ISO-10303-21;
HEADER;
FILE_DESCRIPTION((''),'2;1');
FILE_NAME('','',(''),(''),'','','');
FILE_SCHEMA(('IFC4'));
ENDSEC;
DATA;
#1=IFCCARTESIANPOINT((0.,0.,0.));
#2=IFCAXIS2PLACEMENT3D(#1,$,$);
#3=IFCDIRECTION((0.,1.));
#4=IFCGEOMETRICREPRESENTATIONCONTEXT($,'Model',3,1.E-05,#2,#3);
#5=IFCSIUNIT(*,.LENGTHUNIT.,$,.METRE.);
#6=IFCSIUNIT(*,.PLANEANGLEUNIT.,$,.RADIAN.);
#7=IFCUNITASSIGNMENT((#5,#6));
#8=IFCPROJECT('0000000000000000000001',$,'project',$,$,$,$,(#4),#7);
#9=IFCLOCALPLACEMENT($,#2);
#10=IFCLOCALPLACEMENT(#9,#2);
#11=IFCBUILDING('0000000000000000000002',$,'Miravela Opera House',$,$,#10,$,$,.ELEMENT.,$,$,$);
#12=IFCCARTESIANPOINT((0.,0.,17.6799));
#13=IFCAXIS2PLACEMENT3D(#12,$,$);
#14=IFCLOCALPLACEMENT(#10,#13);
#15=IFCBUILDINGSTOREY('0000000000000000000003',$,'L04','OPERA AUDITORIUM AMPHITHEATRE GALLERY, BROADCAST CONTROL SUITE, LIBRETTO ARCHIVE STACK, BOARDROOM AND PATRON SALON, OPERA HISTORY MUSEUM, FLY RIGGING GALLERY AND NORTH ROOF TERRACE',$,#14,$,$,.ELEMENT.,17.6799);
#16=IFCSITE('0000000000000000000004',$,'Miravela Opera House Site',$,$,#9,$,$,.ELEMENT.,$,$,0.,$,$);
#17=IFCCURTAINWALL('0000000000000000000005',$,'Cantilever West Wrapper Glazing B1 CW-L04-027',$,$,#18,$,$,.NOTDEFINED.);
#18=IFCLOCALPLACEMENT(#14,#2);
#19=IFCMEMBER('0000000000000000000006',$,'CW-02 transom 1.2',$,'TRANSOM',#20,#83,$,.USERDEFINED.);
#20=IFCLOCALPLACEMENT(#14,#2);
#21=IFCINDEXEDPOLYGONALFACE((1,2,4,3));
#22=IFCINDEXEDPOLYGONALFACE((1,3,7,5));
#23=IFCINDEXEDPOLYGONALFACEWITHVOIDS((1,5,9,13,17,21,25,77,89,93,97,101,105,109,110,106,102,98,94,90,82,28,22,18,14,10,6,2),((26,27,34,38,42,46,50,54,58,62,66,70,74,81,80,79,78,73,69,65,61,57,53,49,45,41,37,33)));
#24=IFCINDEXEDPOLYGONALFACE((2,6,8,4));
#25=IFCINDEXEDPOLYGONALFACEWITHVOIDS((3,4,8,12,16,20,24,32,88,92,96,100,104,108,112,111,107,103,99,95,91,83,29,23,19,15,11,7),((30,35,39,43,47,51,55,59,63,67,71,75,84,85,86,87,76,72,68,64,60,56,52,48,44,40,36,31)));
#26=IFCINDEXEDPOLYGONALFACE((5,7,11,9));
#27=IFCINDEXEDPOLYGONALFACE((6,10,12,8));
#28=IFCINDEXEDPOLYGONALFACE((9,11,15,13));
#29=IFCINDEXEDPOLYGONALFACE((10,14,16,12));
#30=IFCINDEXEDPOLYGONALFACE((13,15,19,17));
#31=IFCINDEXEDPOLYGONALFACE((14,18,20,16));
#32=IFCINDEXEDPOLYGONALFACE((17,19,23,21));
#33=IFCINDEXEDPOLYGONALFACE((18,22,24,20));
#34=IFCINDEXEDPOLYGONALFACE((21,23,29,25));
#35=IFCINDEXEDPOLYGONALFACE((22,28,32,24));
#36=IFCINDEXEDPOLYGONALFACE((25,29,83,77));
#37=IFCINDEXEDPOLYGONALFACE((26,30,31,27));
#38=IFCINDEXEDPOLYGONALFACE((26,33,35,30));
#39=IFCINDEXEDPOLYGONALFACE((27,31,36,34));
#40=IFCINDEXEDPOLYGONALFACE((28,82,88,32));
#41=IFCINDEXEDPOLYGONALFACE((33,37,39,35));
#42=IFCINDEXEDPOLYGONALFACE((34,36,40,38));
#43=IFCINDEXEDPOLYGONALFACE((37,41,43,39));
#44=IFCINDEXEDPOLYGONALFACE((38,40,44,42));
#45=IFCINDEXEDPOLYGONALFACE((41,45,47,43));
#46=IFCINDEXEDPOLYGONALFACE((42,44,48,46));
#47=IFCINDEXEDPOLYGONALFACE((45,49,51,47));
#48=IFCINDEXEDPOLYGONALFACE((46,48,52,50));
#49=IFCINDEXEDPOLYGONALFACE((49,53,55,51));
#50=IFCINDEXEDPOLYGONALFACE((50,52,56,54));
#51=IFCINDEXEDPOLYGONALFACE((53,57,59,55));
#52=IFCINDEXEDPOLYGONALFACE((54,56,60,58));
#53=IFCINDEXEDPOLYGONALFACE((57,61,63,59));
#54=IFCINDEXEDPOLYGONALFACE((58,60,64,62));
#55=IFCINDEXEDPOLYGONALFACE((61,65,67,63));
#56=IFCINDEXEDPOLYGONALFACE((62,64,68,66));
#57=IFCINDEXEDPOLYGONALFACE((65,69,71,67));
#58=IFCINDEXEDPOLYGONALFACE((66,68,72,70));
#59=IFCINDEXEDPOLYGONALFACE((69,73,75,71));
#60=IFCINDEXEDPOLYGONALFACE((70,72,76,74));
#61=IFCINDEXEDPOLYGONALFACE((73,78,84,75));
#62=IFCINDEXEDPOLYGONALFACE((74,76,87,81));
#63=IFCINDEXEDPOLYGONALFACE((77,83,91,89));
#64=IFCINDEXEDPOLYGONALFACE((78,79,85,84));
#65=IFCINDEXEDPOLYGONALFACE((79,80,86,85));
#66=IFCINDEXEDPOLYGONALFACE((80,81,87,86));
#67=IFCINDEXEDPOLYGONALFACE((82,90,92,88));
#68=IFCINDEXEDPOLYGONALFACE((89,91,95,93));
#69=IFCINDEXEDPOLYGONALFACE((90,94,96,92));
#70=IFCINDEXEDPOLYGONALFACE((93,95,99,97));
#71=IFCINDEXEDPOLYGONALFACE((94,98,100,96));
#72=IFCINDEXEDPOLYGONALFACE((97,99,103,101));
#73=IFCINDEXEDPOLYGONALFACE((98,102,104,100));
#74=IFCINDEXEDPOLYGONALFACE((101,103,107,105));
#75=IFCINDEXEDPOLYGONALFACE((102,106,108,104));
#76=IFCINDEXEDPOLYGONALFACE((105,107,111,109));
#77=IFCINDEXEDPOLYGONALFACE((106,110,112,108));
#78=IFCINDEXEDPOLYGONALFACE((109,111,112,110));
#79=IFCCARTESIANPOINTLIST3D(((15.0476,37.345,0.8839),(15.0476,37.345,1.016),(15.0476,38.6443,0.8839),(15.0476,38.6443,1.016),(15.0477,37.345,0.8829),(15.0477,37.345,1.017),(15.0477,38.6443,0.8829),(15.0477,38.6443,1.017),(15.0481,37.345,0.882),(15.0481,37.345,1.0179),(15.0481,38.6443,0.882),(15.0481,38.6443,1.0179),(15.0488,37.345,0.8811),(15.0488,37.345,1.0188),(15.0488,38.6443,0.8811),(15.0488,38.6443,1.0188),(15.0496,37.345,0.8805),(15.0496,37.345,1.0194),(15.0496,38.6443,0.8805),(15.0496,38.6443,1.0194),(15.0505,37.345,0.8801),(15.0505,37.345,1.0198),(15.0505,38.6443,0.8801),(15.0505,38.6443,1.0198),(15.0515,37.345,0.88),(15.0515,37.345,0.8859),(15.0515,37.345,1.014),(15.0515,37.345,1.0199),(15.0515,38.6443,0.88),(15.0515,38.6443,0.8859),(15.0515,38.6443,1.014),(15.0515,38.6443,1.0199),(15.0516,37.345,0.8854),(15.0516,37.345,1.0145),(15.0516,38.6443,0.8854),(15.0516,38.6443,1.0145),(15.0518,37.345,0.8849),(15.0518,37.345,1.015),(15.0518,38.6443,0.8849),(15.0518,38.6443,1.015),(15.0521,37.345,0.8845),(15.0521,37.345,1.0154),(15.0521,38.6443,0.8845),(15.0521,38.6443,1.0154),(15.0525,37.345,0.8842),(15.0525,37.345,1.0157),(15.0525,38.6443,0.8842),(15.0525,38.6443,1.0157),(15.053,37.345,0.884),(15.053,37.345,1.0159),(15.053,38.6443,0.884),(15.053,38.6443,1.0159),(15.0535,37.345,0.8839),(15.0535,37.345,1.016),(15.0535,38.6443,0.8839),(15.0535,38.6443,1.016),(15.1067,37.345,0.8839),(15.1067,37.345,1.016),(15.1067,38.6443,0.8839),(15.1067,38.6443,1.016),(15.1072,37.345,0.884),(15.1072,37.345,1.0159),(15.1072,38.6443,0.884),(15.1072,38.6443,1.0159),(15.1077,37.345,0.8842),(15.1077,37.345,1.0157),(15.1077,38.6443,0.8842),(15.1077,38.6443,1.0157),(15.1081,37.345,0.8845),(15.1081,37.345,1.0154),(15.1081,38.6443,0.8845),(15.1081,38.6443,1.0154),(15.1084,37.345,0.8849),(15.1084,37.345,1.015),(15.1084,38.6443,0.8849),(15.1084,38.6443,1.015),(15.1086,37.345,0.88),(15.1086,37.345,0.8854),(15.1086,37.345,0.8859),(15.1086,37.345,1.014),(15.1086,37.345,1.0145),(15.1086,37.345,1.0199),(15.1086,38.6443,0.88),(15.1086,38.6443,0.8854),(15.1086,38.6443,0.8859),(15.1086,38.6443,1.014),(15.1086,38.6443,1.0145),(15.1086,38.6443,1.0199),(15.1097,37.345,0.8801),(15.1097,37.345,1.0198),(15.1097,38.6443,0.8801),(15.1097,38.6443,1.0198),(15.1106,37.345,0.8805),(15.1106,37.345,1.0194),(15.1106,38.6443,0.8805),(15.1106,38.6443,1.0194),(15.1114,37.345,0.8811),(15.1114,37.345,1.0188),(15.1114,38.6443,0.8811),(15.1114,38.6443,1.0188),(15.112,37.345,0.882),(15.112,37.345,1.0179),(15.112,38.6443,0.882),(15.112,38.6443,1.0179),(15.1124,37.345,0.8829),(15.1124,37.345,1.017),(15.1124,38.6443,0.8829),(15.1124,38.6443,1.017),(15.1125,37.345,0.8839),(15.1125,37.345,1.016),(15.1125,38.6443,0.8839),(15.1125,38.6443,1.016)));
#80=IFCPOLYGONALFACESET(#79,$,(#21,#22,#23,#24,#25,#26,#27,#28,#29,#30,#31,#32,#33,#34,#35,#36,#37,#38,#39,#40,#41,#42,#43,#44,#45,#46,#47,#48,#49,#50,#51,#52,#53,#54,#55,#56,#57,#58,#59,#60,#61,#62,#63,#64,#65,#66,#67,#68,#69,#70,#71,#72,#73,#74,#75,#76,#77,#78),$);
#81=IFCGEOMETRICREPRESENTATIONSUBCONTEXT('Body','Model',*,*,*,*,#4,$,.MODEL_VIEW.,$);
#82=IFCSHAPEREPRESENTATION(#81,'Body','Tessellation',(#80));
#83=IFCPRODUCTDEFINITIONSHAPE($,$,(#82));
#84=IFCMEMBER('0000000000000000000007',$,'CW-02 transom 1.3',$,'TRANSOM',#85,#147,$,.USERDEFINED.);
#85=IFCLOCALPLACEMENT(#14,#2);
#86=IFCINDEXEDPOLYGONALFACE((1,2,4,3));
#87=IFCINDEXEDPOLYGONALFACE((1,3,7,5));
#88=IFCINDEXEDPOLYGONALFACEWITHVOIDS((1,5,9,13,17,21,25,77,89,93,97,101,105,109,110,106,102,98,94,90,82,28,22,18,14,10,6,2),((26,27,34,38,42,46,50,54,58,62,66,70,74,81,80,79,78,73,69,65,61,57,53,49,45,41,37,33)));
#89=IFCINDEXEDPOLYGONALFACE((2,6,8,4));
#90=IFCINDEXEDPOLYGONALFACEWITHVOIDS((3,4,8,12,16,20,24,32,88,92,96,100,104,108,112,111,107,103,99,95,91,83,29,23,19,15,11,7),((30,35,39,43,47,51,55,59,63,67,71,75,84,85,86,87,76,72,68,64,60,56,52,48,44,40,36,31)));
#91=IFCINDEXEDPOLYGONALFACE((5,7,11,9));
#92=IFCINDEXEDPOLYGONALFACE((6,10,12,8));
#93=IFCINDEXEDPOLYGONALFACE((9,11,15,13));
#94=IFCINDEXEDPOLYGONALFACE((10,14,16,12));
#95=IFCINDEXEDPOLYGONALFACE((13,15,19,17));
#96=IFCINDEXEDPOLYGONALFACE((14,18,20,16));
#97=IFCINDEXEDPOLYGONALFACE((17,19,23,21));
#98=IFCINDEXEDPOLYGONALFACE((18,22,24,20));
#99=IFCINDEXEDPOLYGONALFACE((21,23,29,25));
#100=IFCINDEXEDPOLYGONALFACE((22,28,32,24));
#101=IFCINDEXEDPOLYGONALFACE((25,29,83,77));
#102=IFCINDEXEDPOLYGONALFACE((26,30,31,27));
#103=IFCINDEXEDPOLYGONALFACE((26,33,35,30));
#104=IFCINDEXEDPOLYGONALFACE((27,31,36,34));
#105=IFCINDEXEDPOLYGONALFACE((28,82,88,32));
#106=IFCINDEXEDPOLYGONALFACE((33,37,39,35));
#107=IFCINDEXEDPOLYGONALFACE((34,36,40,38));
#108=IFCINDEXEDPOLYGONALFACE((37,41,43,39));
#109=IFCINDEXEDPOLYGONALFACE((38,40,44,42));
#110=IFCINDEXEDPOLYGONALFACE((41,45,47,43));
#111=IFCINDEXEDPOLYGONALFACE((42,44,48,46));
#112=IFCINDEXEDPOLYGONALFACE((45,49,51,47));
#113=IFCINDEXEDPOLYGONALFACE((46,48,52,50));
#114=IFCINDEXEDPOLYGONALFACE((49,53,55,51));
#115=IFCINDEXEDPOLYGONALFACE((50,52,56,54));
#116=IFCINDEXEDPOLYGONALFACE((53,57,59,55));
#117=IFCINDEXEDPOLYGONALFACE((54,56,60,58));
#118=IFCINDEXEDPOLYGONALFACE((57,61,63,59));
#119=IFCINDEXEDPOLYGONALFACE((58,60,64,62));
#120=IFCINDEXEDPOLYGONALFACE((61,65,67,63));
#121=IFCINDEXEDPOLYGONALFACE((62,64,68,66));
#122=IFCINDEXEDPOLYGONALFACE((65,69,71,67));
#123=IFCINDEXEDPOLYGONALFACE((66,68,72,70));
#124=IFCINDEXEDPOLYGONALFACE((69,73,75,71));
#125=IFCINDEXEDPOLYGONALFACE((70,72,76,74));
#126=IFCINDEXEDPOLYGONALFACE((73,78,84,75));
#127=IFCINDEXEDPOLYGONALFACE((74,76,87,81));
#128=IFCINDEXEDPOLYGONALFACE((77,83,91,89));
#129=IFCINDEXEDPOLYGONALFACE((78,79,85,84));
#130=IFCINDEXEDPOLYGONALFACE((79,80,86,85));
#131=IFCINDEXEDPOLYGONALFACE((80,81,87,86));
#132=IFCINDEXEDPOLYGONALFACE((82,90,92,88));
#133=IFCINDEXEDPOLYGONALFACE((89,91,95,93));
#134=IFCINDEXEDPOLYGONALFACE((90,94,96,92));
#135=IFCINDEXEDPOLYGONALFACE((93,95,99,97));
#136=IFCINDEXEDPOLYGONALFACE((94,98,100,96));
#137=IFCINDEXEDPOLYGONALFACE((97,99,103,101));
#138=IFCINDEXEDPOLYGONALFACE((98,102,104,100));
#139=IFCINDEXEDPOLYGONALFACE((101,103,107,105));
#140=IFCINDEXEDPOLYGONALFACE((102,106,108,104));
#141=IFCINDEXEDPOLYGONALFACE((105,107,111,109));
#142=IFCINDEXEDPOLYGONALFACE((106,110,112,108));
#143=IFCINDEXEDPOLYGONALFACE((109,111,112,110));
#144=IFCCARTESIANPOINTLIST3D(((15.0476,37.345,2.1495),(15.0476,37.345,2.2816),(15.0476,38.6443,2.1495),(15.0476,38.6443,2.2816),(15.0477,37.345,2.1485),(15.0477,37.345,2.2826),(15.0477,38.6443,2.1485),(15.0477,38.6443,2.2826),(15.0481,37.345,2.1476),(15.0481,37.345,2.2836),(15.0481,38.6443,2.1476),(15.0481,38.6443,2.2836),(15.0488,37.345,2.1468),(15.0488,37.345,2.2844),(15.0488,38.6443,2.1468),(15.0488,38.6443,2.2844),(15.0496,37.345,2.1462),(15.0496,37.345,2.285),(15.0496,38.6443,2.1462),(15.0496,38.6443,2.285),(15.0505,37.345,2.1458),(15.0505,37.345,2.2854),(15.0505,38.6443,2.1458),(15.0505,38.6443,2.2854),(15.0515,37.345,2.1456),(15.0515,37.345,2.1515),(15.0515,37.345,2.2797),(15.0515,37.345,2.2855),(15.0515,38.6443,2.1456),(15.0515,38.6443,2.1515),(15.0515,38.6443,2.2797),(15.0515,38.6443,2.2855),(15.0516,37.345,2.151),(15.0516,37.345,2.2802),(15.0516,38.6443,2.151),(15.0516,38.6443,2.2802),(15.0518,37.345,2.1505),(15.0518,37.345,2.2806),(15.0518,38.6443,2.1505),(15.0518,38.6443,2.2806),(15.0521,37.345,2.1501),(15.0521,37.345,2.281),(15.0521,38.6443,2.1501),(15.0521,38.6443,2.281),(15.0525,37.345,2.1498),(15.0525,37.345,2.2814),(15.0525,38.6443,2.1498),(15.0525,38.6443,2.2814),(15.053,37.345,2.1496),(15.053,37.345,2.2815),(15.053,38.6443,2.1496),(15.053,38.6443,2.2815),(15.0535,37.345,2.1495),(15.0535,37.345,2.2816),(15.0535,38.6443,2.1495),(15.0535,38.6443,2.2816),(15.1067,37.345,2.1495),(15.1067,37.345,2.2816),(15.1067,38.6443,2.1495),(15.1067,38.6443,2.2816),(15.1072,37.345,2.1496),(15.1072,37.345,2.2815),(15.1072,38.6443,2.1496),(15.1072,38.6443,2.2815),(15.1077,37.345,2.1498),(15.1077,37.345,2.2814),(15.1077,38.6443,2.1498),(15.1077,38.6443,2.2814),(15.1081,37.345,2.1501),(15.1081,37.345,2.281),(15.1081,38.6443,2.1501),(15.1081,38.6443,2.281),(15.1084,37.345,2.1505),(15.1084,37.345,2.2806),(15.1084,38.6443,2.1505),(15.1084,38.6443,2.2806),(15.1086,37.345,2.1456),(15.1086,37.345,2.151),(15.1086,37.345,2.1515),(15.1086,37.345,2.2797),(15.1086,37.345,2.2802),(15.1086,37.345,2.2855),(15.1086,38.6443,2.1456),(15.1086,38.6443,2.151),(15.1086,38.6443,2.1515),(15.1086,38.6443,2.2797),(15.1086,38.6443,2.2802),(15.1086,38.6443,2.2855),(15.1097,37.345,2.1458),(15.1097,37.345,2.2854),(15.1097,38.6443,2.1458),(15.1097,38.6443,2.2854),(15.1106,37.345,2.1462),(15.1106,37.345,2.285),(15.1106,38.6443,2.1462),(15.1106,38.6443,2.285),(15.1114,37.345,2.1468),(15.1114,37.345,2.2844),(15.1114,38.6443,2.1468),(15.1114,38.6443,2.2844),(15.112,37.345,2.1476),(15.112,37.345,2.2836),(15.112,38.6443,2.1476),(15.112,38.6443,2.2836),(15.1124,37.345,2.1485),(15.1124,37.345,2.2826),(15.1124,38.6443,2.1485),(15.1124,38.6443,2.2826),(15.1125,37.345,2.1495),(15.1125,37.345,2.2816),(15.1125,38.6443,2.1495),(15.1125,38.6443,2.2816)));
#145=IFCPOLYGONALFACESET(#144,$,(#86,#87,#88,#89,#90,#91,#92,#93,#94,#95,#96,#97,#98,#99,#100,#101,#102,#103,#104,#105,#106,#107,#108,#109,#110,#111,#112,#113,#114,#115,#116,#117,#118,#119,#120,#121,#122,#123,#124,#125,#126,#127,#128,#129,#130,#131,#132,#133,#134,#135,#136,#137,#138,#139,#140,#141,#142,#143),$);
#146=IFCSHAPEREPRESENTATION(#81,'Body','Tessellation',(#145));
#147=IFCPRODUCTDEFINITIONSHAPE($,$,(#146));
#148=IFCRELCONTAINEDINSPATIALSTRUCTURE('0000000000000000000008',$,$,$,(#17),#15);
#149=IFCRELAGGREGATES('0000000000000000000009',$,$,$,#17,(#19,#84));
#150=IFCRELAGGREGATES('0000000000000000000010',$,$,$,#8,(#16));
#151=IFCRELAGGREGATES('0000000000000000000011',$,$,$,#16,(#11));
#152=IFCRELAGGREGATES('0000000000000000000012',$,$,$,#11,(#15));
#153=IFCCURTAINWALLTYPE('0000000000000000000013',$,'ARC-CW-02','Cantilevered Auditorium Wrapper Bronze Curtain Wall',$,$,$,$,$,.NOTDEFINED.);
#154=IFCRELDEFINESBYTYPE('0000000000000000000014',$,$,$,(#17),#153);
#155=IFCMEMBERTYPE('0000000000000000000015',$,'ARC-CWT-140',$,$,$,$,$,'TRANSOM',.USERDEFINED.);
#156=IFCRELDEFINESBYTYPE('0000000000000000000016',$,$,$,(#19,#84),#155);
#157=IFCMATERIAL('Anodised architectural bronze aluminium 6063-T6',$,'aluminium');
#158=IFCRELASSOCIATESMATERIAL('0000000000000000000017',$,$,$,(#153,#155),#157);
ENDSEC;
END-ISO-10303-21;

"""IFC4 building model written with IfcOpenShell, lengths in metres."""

from ifc_helpers import new_model, si_unit, direction, frame, origin, origin_2d, place, context, subcontext, project, spatial, hollow_rectangle, extrude, material, material_profile, profile_set, type_object, element, aggregate, save


model = new_model("IFC4")

# Units and contexts
model_context = context("Model", 3, precision=1e-05, world=origin(), true_north=direction((0.0, 1.0)))
body_context = subcontext(model_context, "Body", "Model", "MODEL_VIEW")
ifc_project = project(units=[si_unit("LENGTHUNIT", "METRE"), si_unit("PLANEANGLEUNIT", "RADIAN")], contexts=[model_context])

# Site, building, storey
site_placement = place(None, origin())
site = spatial("IfcSite", under=ifc_project, at=site_placement, Name="Miravela Opera House Site", CompositionType="ELEMENT", RefElevation=0.0)
building_placement = place(site_placement, origin())
building = spatial("IfcBuilding", under=site, at=building_placement, Name="Miravela Opera House", CompositionType="ELEMENT")
storey_placement = place(building_placement, frame((0.0, 0.0, 17.6799)))
storey = spatial("IfcBuildingStorey", under=building, at=storey_placement, Name="L04", Description="OPERA AUDITORIUM AMPHITHEATRE GALLERY, BROADCAST CONTROL SUITE, LIBRETTO ARCHIVE STACK, BOARDROOM AND PATRON SALON, OPERA HISTORY MUSEUM, FLY RIGGING GALLERY AND NORTH ROOF TERRACE", CompositionType="ELEMENT", Elevation=17.6799)

# Curtain wall, members
ifc_material_1 = material(Name="Anodised architectural bronze aluminium 6063-T6", Category="aluminium")
curtain_wall_type = type_object("IfcCurtainWallType", Name="ARC-CW-02", Description="Cantilevered Auditorium Wrapper Bronze Curtain Wall", PredefinedType="NOTDEFINED", material=ifc_material_1)
curtain_wall_placement = place(storey_placement, origin())
curtain_wall = element("IfcCurtainWall", 1, at=curtain_wall_placement, inside=storey, type_object=curtain_wall_type, Name="Cantilever West Wrapper Glazing B1 CW-L04-027", PredefinedType="NOTDEFINED")
ifc_material_profile_1 = material_profile(ifc_material_1, hollow_rectangle(XDim=0.0649, YDim=0.1399, WallThickness=0.0039, InnerFilletRadius=0.002, OuterFilletRadius=0.0039, at=origin_2d()), Name="CWT-65X140")
ifc_profile_set_1 = profile_set([ifc_material_profile_1])
member_type_1 = type_object("IfcMemberType", Name="ARC-CWT-140", ElementType="TRANSOM", PredefinedType="USERDEFINED", material=ifc_profile_set_1)
member_1_placement = place(storey_placement, frame((15.0801, 37.345, 0.95), z_axis=(0.0, 1.0, 0.0), x_axis=(-1.0, 0.0, 0.0)))
member_1 = element("IfcMember", 2, at=member_1_placement, type_object=member_type_1, Name="CW-02 transom 1.2", ObjectType="TRANSOM", PredefinedType="USERDEFINED", context=body_context, shape_type="SweptSolid", body=[
    extrude(hollow_rectangle(XDim=0.0649, YDim=0.1399, WallThickness=0.0039, InnerFilletRadius=0.002, OuterFilletRadius=0.0039, at=origin_2d()), origin(), (0.0, 0.0, 1.0), 1.2993),
])
member_2_placement = place(storey_placement, frame((15.0801, 37.345, 2.2156), z_axis=(0.0, 1.0, 0.0), x_axis=(-1.0, 0.0, 0.0)))
member_2 = element("IfcMember", 3, at=member_2_placement, type_object=member_type_1, Name="CW-02 transom 1.3", ObjectType="TRANSOM", PredefinedType="USERDEFINED", context=body_context, shape_type="SweptSolid", body=[
    extrude(hollow_rectangle(XDim=0.0649, YDim=0.1399, WallThickness=0.0039, InnerFilletRadius=0.002, OuterFilletRadius=0.0039, at=origin_2d()), origin(), (0.0, 0.0, 1.0), 1.2993),
])

aggregate(curtain_wall, [member_1, member_2])

save(model, "model.ifc")
